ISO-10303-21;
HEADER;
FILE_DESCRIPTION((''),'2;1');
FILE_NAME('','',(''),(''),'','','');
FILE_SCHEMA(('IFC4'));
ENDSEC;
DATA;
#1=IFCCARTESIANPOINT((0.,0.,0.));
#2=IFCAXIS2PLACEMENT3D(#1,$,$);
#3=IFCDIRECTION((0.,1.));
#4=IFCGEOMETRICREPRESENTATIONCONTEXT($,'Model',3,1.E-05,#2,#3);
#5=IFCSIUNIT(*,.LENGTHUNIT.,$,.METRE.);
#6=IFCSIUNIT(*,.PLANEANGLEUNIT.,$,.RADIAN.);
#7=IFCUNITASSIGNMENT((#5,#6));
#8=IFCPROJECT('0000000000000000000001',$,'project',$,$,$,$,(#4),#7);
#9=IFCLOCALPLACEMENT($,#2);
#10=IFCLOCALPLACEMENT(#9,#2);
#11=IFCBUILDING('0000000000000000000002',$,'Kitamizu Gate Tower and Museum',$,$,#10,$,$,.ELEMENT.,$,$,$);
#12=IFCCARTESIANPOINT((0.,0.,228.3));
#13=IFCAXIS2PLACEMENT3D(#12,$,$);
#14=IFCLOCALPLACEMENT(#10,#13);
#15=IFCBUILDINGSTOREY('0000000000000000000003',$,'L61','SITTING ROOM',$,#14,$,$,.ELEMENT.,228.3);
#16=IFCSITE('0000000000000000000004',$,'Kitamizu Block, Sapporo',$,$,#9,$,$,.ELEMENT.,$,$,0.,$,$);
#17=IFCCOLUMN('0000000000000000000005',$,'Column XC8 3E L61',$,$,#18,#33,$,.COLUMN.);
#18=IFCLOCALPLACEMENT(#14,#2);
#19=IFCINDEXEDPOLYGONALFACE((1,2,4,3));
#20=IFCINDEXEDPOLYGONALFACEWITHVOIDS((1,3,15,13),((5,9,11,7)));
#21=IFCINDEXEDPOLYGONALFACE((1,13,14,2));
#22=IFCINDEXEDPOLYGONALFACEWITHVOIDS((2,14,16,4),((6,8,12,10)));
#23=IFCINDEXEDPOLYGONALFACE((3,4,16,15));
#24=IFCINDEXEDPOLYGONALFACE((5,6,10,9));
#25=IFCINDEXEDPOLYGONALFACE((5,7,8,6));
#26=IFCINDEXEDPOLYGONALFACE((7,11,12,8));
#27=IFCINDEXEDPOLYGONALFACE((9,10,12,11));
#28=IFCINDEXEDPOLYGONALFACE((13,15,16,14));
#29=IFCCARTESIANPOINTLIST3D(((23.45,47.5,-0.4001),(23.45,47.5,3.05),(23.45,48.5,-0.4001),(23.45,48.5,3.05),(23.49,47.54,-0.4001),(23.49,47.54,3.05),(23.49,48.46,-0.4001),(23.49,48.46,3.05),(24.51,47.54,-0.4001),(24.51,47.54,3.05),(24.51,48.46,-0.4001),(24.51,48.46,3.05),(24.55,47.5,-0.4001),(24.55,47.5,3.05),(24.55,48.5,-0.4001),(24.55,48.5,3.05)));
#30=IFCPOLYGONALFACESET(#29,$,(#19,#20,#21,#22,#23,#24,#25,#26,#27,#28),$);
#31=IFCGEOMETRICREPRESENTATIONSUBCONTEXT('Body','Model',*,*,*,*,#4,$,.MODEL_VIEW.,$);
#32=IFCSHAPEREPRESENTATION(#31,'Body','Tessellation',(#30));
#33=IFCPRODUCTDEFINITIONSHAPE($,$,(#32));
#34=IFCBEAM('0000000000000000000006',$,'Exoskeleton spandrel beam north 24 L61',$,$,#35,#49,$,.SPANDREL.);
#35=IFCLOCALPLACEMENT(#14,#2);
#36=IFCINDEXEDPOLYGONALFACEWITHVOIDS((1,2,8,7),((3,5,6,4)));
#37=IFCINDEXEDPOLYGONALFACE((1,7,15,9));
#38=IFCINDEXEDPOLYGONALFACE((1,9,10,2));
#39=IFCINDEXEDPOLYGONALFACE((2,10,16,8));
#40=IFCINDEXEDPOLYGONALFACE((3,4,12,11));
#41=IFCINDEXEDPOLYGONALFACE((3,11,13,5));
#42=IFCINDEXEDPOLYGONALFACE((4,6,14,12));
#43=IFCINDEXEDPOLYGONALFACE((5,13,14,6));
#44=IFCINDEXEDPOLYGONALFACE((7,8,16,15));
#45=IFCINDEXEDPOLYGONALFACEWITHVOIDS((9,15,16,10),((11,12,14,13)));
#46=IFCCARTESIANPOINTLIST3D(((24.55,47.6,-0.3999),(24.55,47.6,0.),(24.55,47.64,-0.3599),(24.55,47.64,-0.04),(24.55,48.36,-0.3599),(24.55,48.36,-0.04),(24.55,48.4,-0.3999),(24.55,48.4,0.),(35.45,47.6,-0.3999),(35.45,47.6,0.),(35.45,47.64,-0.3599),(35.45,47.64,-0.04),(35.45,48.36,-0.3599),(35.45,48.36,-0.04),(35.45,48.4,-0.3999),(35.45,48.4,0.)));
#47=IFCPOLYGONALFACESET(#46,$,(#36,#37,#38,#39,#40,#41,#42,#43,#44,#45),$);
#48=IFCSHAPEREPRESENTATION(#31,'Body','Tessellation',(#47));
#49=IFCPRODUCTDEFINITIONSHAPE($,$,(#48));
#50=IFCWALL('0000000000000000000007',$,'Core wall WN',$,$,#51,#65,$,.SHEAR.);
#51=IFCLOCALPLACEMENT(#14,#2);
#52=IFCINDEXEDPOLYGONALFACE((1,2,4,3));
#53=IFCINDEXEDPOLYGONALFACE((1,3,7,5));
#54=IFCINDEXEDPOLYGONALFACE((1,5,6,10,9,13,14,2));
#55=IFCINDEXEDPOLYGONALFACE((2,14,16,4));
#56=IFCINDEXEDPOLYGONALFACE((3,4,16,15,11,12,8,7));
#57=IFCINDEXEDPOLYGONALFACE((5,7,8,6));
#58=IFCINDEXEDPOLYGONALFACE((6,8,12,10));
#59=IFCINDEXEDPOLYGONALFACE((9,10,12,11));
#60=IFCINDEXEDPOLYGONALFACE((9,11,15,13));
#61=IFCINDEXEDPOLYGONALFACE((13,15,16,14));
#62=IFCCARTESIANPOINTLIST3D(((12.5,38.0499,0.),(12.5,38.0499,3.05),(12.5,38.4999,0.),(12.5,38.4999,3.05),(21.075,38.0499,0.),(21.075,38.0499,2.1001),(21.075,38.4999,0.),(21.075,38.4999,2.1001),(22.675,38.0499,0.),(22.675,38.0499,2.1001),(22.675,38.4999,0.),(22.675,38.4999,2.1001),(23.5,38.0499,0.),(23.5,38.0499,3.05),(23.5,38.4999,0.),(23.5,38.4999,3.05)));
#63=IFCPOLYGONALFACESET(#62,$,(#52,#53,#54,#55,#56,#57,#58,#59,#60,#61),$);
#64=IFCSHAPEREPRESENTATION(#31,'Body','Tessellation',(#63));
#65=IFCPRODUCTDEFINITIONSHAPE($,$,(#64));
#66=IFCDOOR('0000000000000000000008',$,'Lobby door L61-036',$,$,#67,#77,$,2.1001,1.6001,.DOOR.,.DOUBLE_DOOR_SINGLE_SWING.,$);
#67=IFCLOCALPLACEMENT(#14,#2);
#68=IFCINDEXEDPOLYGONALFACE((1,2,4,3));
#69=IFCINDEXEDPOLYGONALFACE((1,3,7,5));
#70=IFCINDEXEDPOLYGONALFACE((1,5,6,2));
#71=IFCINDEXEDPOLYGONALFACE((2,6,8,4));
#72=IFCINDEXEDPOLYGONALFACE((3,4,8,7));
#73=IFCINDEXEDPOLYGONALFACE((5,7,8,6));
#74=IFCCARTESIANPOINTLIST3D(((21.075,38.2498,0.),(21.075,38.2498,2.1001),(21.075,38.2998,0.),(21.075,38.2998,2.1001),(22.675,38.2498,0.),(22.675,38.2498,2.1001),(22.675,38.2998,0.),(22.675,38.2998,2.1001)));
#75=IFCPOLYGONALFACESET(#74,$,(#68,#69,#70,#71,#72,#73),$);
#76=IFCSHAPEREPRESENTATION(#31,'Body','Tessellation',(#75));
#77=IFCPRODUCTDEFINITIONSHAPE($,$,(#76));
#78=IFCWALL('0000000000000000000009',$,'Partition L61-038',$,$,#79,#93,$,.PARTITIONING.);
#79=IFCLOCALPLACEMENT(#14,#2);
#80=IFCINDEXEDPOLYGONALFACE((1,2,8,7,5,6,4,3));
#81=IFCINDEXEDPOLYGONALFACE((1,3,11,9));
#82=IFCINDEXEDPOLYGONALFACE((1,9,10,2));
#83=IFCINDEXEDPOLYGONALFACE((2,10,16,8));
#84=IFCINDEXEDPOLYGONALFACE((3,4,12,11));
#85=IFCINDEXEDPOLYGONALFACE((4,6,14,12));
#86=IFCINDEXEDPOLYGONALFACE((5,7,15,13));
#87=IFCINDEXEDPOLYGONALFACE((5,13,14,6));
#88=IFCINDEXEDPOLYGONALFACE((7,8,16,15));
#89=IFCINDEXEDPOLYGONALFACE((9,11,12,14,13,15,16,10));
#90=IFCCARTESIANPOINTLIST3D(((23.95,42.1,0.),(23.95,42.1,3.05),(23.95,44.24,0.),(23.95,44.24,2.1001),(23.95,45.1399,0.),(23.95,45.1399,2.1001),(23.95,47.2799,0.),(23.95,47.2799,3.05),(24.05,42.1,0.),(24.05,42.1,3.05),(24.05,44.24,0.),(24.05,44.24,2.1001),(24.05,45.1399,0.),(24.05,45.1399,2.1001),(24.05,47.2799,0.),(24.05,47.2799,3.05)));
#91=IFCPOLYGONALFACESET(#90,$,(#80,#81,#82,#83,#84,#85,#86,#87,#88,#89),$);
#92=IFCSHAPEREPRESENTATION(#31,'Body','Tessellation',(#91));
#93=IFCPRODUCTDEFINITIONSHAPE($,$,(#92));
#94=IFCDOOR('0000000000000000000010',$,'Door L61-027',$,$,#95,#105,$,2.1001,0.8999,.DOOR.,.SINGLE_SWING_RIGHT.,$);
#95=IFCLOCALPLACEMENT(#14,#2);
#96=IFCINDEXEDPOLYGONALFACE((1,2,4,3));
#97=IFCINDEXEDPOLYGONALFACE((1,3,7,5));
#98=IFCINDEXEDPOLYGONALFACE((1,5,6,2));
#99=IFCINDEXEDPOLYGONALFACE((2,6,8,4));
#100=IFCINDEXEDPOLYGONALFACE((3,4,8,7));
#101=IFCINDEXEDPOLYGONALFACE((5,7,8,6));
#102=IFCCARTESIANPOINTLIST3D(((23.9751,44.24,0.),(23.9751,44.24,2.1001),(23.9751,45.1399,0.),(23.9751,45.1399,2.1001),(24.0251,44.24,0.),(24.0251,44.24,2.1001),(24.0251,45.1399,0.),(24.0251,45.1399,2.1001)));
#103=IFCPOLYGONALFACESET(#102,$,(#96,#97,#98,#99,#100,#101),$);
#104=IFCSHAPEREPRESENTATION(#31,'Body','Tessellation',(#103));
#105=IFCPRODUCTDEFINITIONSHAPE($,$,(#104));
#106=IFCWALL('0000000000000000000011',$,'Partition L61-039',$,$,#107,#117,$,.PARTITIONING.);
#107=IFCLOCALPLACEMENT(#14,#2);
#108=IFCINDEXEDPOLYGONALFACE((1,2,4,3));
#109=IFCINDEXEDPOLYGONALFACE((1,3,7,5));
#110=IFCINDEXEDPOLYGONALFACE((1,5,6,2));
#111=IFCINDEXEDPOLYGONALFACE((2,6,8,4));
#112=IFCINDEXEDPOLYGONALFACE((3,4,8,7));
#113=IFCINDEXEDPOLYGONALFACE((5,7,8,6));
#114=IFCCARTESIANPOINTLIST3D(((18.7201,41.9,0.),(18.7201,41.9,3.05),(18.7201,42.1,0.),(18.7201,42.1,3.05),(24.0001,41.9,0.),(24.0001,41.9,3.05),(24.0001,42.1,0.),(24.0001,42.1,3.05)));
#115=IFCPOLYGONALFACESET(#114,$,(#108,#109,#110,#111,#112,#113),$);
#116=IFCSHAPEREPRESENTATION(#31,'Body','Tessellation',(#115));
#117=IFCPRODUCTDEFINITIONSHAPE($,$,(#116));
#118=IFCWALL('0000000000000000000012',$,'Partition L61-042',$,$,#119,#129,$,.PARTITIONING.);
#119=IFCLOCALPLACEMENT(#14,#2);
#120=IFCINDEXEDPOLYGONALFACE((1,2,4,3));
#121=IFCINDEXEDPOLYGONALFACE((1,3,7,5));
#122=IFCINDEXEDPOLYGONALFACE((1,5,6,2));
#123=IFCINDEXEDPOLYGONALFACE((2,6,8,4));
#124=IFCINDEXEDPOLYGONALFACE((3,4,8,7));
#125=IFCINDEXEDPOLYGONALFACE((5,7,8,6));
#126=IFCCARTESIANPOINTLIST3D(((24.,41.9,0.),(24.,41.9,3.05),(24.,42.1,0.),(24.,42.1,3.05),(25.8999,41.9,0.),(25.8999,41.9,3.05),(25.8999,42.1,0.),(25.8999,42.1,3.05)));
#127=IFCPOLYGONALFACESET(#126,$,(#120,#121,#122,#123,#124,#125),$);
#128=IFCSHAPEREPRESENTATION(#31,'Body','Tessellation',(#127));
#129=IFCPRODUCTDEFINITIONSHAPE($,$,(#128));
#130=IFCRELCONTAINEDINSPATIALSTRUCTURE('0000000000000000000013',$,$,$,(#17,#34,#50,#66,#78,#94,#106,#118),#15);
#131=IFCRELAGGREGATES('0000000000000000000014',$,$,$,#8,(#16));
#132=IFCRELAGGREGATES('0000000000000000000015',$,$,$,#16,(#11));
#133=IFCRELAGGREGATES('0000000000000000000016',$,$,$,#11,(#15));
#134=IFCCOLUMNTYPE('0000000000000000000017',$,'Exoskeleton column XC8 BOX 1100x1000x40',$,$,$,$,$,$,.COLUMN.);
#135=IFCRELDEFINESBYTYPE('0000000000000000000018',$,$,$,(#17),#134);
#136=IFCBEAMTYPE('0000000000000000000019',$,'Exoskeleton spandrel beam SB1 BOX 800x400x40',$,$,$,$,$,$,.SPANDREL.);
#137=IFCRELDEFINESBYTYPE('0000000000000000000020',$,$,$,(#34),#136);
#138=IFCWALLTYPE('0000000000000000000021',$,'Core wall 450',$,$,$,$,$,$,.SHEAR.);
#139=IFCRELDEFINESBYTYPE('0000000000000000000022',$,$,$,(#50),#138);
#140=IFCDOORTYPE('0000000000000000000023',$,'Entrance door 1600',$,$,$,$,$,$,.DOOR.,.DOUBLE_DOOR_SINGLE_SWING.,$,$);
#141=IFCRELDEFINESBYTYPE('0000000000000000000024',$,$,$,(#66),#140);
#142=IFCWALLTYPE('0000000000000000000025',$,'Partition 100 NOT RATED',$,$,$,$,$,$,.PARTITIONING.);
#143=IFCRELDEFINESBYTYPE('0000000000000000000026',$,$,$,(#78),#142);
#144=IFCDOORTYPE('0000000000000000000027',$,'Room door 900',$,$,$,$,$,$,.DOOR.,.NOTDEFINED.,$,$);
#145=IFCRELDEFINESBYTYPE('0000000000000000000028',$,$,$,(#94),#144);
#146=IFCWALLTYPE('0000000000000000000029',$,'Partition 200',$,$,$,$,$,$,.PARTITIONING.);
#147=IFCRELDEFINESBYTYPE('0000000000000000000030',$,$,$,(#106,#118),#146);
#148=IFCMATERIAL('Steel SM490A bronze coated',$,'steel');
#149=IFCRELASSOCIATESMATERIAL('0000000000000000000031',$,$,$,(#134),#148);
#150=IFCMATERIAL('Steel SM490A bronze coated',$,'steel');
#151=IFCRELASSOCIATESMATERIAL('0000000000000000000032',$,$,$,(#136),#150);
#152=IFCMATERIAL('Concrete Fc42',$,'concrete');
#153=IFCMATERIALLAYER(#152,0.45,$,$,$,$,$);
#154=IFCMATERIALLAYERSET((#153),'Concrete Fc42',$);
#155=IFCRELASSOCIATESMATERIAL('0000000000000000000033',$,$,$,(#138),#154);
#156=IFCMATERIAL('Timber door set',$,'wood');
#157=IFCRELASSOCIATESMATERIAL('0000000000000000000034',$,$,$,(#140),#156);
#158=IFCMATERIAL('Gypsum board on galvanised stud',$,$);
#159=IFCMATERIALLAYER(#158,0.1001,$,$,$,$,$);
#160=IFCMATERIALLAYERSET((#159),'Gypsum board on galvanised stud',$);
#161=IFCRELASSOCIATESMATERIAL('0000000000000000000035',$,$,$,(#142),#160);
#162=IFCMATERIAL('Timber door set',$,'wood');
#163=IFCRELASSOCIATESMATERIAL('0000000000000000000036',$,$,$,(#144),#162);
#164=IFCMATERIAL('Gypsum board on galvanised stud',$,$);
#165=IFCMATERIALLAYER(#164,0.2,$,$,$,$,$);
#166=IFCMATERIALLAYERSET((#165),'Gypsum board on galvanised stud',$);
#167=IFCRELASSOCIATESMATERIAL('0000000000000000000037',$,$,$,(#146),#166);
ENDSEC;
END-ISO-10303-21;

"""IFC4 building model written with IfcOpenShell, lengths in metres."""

from ifc_helpers import new_model, si_unit, direction, frame, frame_2d, origin, origin_2d, place, context, subcontext, project, spatial, rectangle, hollow_rectangle, extrude, material, layer, layer_set, material_profile, profile_set, type_object, element, fill, save


model = new_model("IFC4")

# Units and contexts
model_context = context("Model", 3, precision=1e-05, world=origin(), true_north=direction((0.0, 1.0)))
body_context = subcontext(model_context, "Body", "Model", "MODEL_VIEW")
ifc_project = project(units=[si_unit("LENGTHUNIT", "METRE"), si_unit("PLANEANGLEUNIT", "RADIAN")], contexts=[model_context])

# Site, building, storey
site_placement = place(None, origin())
site = spatial("IfcSite", under=ifc_project, at=site_placement, Name="Kitamizu Block, Sapporo", CompositionType="ELEMENT", RefElevation=0.0)
building_placement = place(site_placement, origin())
building = spatial("IfcBuilding", under=site, at=building_placement, Name="Kitamizu Gate Tower and Museum", CompositionType="ELEMENT")
storey_placement = place(building_placement, frame((0.0, 0.0, 228.3)))
storey = spatial("IfcBuildingStorey", under=building, at=storey_placement, Name="L61", Description="SITTING ROOM", CompositionType="ELEMENT", Elevation=228.3)

# Column
ifc_material_1 = material(Name="Steel SM490A bronze coated", Category="steel")
ifc_material_profile_1 = material_profile(ifc_material_1, hollow_rectangle(XDim=1.1001, YDim=1.0, WallThickness=0.04, at=origin_2d()), Name="BOX 1100x1000x40")
ifc_profile_set_1 = profile_set([ifc_material_profile_1], Name="Steel SM490A bronze coated")
column_type = type_object("IfcColumnType", Name="Exoskeleton column XC8 BOX 1100x1000x40", PredefinedType="COLUMN", material=ifc_profile_set_1)
column_placement = place(storey_placement, frame((24.0, 48.0, -0.4001), z_axis=(0.0, 0.0, 1.0), x_axis=(1.0, 0.0, 0.0)))
element("IfcColumn", 1, at=column_placement, inside=storey, type_object=column_type, Name="Column XC8 3E L61", PredefinedType="COLUMN", context=body_context, shape_type="SweptSolid", body=[
    extrude(hollow_rectangle(XDim=1.1001, YDim=1.0, WallThickness=0.04, at=origin_2d()), origin(), (0.0, 0.0, 1.0), 3.4502),
])

# Beam
ifc_material_2 = material(Name="Steel SM490A bronze coated", Category="steel")
ifc_material_profile_2 = material_profile(ifc_material_2, hollow_rectangle(XDim=0.8, YDim=0.3999, WallThickness=0.04, at=origin_2d()), Name="BOX 800x400x40")
ifc_profile_set_2 = profile_set([ifc_material_profile_2], Name="Steel SM490A bronze coated")
beam_type = type_object("IfcBeamType", Name="Exoskeleton spandrel beam SB1 BOX 800x400x40", PredefinedType="SPANDREL", material=ifc_profile_set_2)
beam_placement = place(storey_placement, frame((24.55, 48.0, -0.2), z_axis=(1.0, 0.0, 0.0), x_axis=(0.0, 1.0, 0.0)))
element("IfcBeam", 2, at=beam_placement, inside=storey, type_object=beam_type, Name="Exoskeleton spandrel beam north 24 L61", PredefinedType="SPANDREL", context=body_context, shape_type="SweptSolid", body=[
    extrude(hollow_rectangle(XDim=0.8, YDim=0.3999, WallThickness=0.04, at=origin_2d()), origin(), (0.0, 0.0, 1.0), 10.8999),
])

# Walls, openings, doors
ifc_material_3 = material(Name="Concrete Fc42", Category="concrete")
ifc_layer_1 = layer(ifc_material_3, 0.45)
ifc_layer_set_1 = layer_set([ifc_layer_1], Name="Concrete Fc42")
wall_type_1 = type_object("IfcWallType", Name="Core wall 450", PredefinedType="SHEAR", material=ifc_layer_set_1)
wall_1_placement = place(storey_placement, frame((12.5, 38.2749, 0.0), z_axis=(0.0, 0.0, 1.0), x_axis=(1.0, 0.0, 0.0)))
wall_1 = element("IfcWall", 3, at=wall_1_placement, inside=storey, type_object=wall_type_1, Name="Core wall WN", PredefinedType="SHEAR", context=body_context, shape_type="SweptSolid", body=[
    extrude(rectangle(XDim=11.0, YDim=0.45, at=frame_2d((5.5, 0.0))), origin(), (0.0, 0.0, 1.0), 3.05),
])
opening_1_placement = place(wall_1_placement, frame((8.575, 0.0, 0.0)))
opening_1 = element("IfcOpeningElement", 4, at=opening_1_placement, cuts=wall_1, PredefinedType="OPENING", context=body_context, shape_type="SweptSolid", body=[
    extrude(rectangle(XDim=1.6001, YDim=2.1001, at=frame_2d((0.8, 1.05))), frame((0.0, 0.2349, 0.0), z_axis=(0.0, -1.0, 0.0), x_axis=(1.0, 0.0, 0.0)), (0.0, 0.0, 1.0), 0.47),
])
ifc_material_4 = material(Name="Timber door set", Category="wood")
door_type_1 = type_object("IfcDoorType", Name="Entrance door 1600", OperationType="DOUBLE_DOOR_SINGLE_SWING", PredefinedType="DOOR", material=ifc_material_4)
door_1_placement = place(opening_1_placement, origin())
door_1 = element("IfcDoor", 5, at=door_1_placement, inside=storey, type_object=door_type_1, Name="Lobby door L61-036", OperationType="DOUBLE_DOOR_SINGLE_SWING", OverallHeight=2.1001, OverallWidth=1.6001, PredefinedType="DOOR", context=body_context, shape_type="SweptSolid", body=[
    extrude(rectangle(XDim=1.6001, YDim=2.1001, at=frame_2d((0.8, 1.05))), frame((0.0, 0.0249, 0.0), z_axis=(0.0, -1.0, 0.0), x_axis=(1.0, 0.0, 0.0)), (0.0, 0.0, 1.0), 0.05),
])
fill(opening_1, door_1)
ifc_material_5 = material(Name="Gypsum board on galvanised stud")
ifc_layer_2 = layer(ifc_material_5, 0.1001)
ifc_layer_set_2 = layer_set([ifc_layer_2], Name="Gypsum board on galvanised stud")
wall_type_2 = type_object("IfcWallType", Name="Partition 100 NOT RATED", PredefinedType="PARTITIONING", material=ifc_layer_set_2)
wall_2_placement = place(storey_placement, frame((24.0, 42.1001, 0.0), z_axis=(0.0, 0.0, 1.0), x_axis=(0.0, 1.0, 0.0)))
wall_2 = element("IfcWall", 6, at=wall_2_placement, inside=storey, type_object=wall_type_2, Name="Partition L61-038", PredefinedType="PARTITIONING", context=body_context, shape_type="SweptSolid", body=[
    extrude(rectangle(XDim=5.1799, YDim=0.1001, at=frame_2d((2.5898, 0.0))), origin(), (0.0, 0.0, 1.0), 3.05),
])
opening_2_placement = place(wall_2_placement, frame((2.1399, 0.0, 0.0)))
opening_2 = element("IfcOpeningElement", 7, at=opening_2_placement, cuts=wall_2, PredefinedType="OPENING", context=body_context, shape_type="SweptSolid", body=[
    extrude(rectangle(XDim=0.8999, YDim=2.1001, at=frame_2d((0.45, 1.05))), frame((0.0, 0.0601, 0.0), z_axis=(0.0, -1.0, 0.0), x_axis=(1.0, 0.0, 0.0)), (0.0, 0.0, 1.0), 0.1201),
])
ifc_material_6 = material(Name="Timber door set", Category="wood")
door_type_2 = type_object("IfcDoorType", Name="Room door 900", OperationType="NOTDEFINED", PredefinedType="DOOR", material=ifc_material_6)
door_2_placement = place(opening_2_placement, origin())
door_2 = element("IfcDoor", 8, at=door_2_placement, inside=storey, type_object=door_type_2, Name="Door L61-027", OperationType="SINGLE_SWING_RIGHT", OverallHeight=2.1001, OverallWidth=0.8999, PredefinedType="DOOR", context=body_context, shape_type="SweptSolid", body=[
    extrude(rectangle(XDim=0.8999, YDim=2.1001, at=frame_2d((0.45, 1.05))), frame((0.0, 0.0249, 0.0), z_axis=(0.0, -1.0, 0.0), x_axis=(1.0, 0.0, 0.0)), (0.0, 0.0, 1.0), 0.05),
])
fill(opening_2, door_2)

# Walls
ifc_material_7 = material(Name="Gypsum board on galvanised stud")
ifc_layer_3 = layer(ifc_material_7, 0.2)
ifc_layer_set_3 = layer_set([ifc_layer_3], Name="Gypsum board on galvanised stud")
wall_type_3 = type_object("IfcWallType", Name="Partition 200", PredefinedType="PARTITIONING", material=ifc_layer_set_3)
wall_3_placement = place(storey_placement, frame((18.72, 42.0, 0.0), z_axis=(0.0, 0.0, 1.0), x_axis=(1.0, 0.0, 0.0)))
element("IfcWall", 9, at=wall_3_placement, inside=storey, type_object=wall_type_3, Name="Partition L61-039", PredefinedType="PARTITIONING", context=body_context, shape_type="SweptSolid", body=[
    extrude(rectangle(XDim=5.28, YDim=0.2, at=frame_2d((2.6401, 0.0))), origin(), (0.0, 0.0, 1.0), 3.05),
])
wall_4_placement = place(storey_placement, frame((24.0, 42.0, 0.0), z_axis=(0.0, 0.0, 1.0), x_axis=(1.0, 0.0, 0.0)))
element("IfcWall", 10, at=wall_4_placement, inside=storey, type_object=wall_type_3, Name="Partition L61-042", PredefinedType="PARTITIONING", context=body_context, shape_type="SweptSolid", body=[
    extrude(rectangle(XDim=1.8999, YDim=0.2, at=frame_2d((0.95, 0.0))), origin(), (0.0, 0.0, 1.0), 3.05),
])

save(model, "model.ifc")
